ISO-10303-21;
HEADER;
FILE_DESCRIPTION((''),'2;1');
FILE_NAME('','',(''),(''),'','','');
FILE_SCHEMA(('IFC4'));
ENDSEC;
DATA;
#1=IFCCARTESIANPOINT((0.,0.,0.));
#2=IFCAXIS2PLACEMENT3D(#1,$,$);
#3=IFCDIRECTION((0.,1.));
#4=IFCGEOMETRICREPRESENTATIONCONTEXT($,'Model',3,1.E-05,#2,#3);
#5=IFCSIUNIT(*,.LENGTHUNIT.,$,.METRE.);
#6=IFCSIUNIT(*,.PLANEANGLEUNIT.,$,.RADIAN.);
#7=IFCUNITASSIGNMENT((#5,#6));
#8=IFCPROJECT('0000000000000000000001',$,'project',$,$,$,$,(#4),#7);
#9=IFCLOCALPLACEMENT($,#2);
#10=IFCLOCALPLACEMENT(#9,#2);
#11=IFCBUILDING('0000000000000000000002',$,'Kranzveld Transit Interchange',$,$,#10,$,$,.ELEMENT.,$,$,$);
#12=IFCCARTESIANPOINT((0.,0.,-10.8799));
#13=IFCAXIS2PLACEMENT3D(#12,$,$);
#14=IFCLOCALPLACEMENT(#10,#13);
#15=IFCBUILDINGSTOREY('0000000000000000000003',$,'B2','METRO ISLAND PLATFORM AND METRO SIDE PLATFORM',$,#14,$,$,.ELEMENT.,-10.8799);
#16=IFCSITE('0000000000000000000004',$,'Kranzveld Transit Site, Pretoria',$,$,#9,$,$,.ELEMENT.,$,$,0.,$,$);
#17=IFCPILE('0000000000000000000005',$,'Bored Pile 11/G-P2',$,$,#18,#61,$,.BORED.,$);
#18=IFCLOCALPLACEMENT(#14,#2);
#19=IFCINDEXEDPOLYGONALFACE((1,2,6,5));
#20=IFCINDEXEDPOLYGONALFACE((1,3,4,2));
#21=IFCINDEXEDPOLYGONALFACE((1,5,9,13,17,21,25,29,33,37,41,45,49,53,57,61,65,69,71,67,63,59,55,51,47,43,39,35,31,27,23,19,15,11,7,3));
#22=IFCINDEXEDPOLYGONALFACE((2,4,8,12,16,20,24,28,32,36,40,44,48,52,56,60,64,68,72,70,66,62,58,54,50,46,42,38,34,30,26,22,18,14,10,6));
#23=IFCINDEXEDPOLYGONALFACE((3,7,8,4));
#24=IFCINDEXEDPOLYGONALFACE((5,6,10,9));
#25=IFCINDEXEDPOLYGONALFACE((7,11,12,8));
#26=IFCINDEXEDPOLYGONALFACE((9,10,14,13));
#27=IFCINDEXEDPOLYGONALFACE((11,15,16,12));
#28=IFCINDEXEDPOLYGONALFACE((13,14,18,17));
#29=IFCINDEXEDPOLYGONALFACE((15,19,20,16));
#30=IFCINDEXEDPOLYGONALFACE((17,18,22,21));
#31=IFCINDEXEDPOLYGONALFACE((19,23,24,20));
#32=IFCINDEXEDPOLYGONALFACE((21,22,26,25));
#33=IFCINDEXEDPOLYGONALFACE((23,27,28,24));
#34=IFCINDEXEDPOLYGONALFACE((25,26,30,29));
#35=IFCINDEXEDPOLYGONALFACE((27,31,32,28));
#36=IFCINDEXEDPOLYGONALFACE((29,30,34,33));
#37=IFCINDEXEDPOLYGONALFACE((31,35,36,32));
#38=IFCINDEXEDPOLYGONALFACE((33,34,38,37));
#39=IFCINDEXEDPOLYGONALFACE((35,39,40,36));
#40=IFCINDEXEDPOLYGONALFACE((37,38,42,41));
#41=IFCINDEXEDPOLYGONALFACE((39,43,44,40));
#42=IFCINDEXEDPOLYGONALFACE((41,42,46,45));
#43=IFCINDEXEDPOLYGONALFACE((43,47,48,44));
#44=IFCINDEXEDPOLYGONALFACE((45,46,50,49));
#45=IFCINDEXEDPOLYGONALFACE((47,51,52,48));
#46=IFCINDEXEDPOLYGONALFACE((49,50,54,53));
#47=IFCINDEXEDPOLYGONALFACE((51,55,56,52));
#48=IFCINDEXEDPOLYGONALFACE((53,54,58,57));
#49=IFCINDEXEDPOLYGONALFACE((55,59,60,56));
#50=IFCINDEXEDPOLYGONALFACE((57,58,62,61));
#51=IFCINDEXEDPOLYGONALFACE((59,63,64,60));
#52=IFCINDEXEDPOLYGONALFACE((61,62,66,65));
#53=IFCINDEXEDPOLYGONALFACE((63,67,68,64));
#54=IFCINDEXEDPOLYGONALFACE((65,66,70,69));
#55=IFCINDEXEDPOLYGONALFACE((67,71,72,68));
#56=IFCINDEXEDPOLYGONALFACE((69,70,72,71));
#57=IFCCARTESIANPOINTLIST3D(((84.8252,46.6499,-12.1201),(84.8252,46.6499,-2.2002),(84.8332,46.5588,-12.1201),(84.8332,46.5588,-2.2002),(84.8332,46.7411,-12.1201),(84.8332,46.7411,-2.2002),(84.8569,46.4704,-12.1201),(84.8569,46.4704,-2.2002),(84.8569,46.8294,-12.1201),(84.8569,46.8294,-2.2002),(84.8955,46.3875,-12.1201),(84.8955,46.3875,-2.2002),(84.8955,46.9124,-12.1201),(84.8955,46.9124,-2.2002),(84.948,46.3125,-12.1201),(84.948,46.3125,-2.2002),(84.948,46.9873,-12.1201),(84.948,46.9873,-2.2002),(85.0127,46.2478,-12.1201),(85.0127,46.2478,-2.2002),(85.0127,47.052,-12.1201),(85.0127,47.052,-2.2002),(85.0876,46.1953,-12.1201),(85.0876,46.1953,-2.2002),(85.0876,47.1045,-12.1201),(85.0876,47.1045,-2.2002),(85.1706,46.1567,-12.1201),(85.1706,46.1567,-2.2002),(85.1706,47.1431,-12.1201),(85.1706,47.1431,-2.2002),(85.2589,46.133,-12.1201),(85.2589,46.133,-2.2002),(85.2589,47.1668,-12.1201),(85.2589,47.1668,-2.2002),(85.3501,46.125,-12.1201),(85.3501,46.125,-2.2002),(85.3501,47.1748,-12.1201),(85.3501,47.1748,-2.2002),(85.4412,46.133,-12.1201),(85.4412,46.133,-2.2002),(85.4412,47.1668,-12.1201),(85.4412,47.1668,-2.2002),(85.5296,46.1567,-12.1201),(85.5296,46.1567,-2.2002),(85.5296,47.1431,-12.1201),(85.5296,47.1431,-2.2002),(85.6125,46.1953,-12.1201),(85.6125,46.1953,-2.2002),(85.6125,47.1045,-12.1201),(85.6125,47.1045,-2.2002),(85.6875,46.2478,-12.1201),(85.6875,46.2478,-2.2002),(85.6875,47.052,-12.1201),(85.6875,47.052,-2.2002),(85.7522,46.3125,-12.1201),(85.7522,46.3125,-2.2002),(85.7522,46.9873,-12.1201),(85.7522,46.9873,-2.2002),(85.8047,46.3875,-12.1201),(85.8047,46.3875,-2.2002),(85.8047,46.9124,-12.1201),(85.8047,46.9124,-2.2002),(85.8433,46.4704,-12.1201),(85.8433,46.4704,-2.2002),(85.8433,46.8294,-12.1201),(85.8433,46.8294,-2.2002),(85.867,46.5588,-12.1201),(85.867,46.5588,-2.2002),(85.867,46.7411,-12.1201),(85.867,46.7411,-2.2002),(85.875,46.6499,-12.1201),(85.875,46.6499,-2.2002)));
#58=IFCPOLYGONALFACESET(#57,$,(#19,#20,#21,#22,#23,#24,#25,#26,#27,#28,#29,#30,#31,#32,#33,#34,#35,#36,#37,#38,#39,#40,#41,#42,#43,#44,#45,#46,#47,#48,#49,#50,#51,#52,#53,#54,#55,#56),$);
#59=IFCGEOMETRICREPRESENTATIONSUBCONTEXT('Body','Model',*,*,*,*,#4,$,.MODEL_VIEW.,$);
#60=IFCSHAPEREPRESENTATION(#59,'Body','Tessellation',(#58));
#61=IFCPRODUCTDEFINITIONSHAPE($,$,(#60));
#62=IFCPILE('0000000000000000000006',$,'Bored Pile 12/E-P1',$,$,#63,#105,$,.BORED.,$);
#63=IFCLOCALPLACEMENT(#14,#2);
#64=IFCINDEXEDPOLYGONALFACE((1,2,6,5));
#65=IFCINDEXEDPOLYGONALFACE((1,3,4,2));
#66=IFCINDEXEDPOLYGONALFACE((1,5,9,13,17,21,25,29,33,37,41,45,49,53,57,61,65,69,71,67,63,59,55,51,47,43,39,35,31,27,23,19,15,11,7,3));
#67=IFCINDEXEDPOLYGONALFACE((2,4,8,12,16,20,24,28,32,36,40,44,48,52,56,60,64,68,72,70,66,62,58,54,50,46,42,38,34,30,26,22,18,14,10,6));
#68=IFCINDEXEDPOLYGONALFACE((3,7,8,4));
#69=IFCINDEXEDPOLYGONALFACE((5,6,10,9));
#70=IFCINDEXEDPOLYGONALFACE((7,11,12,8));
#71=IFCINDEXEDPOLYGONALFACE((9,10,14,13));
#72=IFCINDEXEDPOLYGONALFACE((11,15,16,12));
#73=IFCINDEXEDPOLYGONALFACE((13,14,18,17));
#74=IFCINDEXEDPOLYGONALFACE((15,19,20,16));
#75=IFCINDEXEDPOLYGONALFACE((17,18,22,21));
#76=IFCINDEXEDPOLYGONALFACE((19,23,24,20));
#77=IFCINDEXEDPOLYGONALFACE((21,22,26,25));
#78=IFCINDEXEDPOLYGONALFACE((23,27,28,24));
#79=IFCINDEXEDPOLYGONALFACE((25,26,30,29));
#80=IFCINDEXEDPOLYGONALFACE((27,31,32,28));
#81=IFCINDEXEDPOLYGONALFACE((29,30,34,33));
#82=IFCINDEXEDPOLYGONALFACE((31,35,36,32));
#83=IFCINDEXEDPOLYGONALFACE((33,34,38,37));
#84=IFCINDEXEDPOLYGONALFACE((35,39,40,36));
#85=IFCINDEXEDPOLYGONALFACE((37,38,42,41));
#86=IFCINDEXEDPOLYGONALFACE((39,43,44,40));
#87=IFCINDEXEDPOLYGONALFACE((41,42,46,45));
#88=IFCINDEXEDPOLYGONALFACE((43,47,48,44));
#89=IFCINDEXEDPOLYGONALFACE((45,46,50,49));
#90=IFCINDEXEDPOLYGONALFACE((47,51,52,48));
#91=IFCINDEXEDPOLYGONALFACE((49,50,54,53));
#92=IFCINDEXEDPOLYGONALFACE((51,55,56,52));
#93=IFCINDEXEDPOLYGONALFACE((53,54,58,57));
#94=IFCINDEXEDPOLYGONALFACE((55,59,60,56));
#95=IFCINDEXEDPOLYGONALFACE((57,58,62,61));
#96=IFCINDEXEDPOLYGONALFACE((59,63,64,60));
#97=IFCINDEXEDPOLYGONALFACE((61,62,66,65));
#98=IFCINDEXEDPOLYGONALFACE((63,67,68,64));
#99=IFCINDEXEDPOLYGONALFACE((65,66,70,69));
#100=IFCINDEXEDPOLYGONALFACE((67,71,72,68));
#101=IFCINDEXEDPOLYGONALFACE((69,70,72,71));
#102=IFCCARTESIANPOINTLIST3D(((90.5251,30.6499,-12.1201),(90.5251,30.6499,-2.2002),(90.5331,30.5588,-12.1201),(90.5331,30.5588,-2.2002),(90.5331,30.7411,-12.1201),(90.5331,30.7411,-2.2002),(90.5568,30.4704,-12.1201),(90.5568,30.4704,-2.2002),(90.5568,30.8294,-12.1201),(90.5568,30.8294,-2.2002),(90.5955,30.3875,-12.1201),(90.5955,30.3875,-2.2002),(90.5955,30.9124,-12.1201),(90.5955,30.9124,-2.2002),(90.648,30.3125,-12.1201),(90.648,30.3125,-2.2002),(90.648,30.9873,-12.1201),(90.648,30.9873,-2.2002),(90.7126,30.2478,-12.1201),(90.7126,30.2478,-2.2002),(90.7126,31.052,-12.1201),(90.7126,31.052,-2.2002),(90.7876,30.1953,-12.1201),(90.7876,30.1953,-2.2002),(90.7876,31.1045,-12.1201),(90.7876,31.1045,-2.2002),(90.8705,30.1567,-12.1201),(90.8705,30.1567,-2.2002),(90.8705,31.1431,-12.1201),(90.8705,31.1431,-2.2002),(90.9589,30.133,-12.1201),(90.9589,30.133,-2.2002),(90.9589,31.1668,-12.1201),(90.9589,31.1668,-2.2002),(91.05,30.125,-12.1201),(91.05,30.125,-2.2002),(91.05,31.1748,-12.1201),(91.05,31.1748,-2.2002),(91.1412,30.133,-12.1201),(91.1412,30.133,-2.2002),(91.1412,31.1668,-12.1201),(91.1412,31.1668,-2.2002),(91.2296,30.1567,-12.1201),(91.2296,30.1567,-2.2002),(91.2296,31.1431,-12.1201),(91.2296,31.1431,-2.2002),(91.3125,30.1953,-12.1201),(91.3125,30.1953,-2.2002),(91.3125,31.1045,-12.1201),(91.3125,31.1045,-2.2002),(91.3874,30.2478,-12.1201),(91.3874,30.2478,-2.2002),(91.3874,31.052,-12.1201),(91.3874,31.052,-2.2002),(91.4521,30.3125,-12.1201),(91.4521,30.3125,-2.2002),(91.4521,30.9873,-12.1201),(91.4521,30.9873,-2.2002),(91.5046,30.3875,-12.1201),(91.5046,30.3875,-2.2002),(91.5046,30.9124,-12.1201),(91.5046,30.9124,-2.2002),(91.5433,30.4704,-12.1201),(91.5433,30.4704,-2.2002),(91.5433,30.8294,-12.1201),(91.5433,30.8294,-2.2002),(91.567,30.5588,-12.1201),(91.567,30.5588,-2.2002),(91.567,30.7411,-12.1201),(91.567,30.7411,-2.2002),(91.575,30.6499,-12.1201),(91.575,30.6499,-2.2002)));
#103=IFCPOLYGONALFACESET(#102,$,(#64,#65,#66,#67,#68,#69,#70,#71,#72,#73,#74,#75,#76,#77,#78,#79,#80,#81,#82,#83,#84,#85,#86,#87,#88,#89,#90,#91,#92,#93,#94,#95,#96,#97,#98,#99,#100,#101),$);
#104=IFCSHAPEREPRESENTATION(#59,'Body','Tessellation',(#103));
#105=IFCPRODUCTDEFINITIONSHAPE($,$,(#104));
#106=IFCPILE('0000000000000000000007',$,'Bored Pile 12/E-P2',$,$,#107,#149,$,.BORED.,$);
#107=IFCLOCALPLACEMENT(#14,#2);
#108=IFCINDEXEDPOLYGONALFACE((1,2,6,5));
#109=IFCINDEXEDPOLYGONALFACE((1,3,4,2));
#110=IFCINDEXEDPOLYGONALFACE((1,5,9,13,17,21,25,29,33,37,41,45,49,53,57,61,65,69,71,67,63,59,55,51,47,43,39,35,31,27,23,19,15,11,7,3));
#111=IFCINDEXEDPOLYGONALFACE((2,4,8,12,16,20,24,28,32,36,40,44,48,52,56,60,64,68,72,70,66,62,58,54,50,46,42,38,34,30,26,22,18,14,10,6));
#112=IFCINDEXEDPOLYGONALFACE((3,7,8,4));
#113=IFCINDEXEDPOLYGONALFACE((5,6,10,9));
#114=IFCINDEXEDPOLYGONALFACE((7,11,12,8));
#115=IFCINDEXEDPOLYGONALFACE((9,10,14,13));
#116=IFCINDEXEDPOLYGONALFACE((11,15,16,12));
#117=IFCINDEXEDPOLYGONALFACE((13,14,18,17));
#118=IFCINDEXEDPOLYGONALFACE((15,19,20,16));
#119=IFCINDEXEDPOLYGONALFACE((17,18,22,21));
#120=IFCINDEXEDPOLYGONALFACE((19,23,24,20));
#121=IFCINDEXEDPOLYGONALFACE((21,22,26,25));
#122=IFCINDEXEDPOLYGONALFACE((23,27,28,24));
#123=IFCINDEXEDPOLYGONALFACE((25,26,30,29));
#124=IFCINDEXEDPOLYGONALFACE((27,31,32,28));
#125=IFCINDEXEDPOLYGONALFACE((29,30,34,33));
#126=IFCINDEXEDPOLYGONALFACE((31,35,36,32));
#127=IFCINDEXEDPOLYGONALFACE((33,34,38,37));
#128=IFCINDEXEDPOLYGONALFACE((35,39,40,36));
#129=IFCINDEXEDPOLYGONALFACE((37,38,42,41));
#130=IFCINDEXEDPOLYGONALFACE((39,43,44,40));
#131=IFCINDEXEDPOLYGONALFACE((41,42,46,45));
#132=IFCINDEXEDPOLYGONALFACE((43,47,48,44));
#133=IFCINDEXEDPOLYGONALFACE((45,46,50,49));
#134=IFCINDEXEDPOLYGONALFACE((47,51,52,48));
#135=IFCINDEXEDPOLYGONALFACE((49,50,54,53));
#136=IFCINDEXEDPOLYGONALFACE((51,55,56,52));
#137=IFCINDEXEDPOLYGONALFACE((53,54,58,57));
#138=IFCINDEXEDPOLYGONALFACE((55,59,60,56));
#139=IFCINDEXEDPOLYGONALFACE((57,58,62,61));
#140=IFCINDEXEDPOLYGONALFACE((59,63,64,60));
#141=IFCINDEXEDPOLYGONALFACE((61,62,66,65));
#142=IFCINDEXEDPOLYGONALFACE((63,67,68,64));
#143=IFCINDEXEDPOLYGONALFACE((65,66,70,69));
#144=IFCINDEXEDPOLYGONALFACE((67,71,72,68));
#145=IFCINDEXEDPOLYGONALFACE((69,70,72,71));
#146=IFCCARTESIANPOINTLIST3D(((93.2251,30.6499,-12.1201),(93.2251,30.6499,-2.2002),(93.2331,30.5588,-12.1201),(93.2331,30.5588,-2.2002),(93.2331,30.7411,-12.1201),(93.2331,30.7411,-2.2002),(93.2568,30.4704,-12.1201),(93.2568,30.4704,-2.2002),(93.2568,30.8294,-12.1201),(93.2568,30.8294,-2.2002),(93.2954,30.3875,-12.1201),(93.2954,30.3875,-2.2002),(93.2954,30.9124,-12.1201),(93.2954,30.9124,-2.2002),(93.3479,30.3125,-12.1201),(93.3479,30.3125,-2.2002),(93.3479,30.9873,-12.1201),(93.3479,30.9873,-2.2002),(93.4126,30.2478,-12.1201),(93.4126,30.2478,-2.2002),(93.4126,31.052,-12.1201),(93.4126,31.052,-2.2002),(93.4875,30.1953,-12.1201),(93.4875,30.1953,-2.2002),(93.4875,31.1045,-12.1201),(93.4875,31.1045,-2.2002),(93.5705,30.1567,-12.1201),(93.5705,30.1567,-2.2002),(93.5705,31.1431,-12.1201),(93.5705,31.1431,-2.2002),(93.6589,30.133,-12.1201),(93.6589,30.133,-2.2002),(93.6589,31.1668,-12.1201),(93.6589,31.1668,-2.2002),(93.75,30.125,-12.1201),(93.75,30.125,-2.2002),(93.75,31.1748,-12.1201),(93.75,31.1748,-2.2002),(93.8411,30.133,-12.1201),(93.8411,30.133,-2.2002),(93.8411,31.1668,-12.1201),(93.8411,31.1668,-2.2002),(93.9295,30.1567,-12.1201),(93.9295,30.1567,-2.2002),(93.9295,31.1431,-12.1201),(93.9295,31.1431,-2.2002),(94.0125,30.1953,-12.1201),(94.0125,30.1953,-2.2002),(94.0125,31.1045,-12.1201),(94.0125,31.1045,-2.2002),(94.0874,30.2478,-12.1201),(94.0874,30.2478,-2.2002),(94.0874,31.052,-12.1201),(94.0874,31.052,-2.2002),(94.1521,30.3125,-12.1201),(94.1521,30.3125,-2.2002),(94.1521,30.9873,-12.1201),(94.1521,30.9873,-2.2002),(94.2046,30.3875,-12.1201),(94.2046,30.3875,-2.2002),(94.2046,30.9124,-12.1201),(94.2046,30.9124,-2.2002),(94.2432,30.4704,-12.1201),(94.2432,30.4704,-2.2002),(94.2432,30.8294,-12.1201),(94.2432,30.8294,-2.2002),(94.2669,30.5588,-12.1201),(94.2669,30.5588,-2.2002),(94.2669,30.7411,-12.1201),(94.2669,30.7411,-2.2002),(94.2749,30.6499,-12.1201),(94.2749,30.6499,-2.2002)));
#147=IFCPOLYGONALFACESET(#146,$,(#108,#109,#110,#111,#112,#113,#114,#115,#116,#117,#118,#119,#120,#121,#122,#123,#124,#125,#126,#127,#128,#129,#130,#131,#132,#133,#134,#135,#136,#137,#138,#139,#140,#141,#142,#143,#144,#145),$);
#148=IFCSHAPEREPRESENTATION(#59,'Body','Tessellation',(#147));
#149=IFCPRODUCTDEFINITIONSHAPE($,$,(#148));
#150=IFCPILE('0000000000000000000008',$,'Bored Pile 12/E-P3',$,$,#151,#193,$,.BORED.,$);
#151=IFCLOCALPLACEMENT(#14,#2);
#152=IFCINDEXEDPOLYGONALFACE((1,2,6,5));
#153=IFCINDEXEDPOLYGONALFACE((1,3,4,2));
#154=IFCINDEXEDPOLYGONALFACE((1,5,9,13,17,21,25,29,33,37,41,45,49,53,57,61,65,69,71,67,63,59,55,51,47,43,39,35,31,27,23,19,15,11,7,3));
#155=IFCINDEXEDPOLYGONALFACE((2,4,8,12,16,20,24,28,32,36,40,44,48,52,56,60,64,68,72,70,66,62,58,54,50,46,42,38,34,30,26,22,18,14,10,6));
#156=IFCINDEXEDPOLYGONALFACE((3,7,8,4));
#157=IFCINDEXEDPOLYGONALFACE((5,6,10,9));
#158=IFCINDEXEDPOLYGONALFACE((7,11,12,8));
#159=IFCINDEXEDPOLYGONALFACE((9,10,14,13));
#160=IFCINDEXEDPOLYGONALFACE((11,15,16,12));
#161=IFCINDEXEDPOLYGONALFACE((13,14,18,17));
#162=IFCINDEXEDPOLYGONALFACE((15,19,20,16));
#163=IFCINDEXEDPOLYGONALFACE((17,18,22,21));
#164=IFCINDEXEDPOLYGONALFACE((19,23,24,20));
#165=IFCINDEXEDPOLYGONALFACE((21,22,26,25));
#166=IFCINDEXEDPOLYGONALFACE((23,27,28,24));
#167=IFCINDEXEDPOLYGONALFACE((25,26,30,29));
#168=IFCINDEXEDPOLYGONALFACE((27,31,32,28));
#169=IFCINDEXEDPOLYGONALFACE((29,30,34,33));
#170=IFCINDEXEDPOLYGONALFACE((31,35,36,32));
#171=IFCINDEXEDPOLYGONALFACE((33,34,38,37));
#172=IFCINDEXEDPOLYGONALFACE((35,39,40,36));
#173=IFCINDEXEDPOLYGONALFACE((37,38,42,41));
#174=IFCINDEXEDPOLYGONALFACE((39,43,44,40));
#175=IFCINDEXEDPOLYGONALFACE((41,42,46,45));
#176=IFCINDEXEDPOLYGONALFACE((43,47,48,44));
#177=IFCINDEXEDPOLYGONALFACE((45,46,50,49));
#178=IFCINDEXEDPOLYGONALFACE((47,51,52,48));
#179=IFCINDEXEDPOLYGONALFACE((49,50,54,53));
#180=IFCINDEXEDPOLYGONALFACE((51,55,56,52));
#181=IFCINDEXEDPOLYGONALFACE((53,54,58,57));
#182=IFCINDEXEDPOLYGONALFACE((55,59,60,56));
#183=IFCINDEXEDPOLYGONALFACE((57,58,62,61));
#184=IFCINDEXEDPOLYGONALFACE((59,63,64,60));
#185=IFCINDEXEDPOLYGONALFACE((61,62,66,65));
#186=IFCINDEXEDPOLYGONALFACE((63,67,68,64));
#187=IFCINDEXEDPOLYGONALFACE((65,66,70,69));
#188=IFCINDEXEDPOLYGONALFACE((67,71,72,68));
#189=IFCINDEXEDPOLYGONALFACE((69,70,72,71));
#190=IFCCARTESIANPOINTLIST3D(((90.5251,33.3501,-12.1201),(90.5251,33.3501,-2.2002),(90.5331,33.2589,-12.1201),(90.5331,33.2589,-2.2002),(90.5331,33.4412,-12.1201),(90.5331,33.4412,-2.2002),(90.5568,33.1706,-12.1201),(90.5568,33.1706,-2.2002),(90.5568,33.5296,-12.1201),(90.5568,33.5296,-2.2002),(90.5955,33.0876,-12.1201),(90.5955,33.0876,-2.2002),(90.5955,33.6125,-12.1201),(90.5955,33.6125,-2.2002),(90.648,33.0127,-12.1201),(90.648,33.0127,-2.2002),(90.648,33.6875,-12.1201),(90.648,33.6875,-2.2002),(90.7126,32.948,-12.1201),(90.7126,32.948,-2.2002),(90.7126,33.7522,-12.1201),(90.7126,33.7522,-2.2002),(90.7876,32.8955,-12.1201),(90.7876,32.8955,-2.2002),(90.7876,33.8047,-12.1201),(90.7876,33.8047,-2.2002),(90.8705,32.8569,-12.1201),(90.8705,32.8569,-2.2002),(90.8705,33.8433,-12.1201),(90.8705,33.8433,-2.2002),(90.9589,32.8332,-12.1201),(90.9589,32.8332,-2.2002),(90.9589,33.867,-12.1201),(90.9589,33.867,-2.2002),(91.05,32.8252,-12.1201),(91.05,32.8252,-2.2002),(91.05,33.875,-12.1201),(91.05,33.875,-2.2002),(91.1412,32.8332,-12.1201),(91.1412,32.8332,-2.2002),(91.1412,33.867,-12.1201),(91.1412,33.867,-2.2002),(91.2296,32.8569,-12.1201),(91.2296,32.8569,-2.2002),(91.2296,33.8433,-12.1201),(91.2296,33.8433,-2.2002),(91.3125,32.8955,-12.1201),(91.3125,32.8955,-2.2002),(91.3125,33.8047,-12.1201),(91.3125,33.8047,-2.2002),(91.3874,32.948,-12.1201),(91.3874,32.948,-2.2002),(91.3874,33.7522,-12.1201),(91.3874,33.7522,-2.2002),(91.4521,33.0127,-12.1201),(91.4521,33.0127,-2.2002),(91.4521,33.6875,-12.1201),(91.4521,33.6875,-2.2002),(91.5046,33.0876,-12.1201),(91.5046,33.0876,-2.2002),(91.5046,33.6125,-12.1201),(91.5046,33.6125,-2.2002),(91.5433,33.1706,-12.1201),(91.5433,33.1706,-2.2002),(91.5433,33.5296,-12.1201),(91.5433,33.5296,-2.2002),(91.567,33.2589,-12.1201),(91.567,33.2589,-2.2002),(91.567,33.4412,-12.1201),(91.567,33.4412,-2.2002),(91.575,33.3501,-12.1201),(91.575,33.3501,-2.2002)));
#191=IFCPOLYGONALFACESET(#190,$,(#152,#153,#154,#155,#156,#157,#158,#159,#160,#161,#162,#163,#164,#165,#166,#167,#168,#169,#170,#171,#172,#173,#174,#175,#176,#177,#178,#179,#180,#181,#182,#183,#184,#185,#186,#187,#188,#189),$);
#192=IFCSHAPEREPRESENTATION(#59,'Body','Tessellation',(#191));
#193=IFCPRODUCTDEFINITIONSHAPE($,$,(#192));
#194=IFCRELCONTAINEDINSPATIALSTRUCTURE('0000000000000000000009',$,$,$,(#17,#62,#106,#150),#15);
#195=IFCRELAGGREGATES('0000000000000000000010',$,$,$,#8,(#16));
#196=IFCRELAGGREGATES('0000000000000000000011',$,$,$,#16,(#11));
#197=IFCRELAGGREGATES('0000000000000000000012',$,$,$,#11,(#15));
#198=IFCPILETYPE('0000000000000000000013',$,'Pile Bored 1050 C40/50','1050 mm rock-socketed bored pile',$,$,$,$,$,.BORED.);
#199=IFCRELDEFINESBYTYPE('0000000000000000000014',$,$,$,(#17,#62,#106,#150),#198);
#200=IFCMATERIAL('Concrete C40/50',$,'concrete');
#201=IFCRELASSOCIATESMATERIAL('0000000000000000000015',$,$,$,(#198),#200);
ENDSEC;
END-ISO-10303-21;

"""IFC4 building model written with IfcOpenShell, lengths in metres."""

from ifc_helpers import new_model, si_unit, direction, frame, origin, origin_2d, place, context, subcontext, project, spatial, circle, extrude, material, material_profile, profile_set, type_object, element, save


model = new_model("IFC4")

# Units and contexts
model_context = context("Model", 3, precision=1e-05, world=origin(), true_north=direction((0.0, 1.0)))
body_context = subcontext(model_context, "Body", "Model", "MODEL_VIEW")
ifc_project = project(units=[si_unit("LENGTHUNIT", "METRE"), si_unit("PLANEANGLEUNIT", "RADIAN")], contexts=[model_context])

# Site, building, storey
site_placement = place(None, origin())
site = spatial("IfcSite", under=ifc_project, at=site_placement, Name="Kranzveld Transit Site, Pretoria", CompositionType="ELEMENT", RefElevation=0.0)
building_placement = place(site_placement, origin())
building = spatial("IfcBuilding", under=site, at=building_placement, Name="Kranzveld Transit Interchange", CompositionType="ELEMENT")
storey_placement = place(building_placement, frame((0.0, 0.0, -10.8799)))
storey = spatial("IfcBuildingStorey", under=building, at=storey_placement, Name="B2", Description="METRO ISLAND PLATFORM AND METRO SIDE PLATFORM", CompositionType="ELEMENT", Elevation=-10.8799)

# Piles
ifc_material_1 = material(Name="Concrete C40/50", Category="concrete")
ifc_material_profile_1 = material_profile(ifc_material_1, circle(Radius=0.5249, at=origin_2d()), Name="BORED PILE 1050")
ifc_profile_set_1 = profile_set([ifc_material_profile_1], Name="Concrete C40/50")
pile_type = type_object("IfcPileType", Name="Pile Bored 1050 C40/50", Description="1050 mm rock-socketed bored pile", PredefinedType="BORED", material=ifc_profile_set_1)
for number, where, z_axis, x_axis, name in (
    (1, (85.3501, 46.6499, -2.2002), (0.0, 0.0, -1.0), (1.0, 0.0, 0.0), "Bored Pile 11/G-P2"),
    (2, (91.05, 30.6499, -2.2002), (0.0, 0.0, -1.0), (1.0, 0.0, 0.0), "Bored Pile 12/E-P1"),
    (3, (93.75, 30.6499, -2.2002), (0.0, 0.0, -1.0), (1.0, 0.0, 0.0), "Bored Pile 12/E-P2"),
    (4, (91.05, 33.3501, -2.2002), (0.0, 0.0, -1.0), (1.0, 0.0, 0.0), "Bored Pile 12/E-P3"),
):
    element("IfcPile", number, at=place(storey_placement, frame(where, z_axis=z_axis, x_axis=x_axis)), inside=storey, type_object=pile_type, Name=name, PredefinedType="BORED", context=body_context, shape_type="SweptSolid", body=[
        extrude(circle(Radius=0.5249, at=origin_2d()), origin(), (0.0, 0.0, 1.0), 9.9199),
    ])

save(model, "model.ifc")
